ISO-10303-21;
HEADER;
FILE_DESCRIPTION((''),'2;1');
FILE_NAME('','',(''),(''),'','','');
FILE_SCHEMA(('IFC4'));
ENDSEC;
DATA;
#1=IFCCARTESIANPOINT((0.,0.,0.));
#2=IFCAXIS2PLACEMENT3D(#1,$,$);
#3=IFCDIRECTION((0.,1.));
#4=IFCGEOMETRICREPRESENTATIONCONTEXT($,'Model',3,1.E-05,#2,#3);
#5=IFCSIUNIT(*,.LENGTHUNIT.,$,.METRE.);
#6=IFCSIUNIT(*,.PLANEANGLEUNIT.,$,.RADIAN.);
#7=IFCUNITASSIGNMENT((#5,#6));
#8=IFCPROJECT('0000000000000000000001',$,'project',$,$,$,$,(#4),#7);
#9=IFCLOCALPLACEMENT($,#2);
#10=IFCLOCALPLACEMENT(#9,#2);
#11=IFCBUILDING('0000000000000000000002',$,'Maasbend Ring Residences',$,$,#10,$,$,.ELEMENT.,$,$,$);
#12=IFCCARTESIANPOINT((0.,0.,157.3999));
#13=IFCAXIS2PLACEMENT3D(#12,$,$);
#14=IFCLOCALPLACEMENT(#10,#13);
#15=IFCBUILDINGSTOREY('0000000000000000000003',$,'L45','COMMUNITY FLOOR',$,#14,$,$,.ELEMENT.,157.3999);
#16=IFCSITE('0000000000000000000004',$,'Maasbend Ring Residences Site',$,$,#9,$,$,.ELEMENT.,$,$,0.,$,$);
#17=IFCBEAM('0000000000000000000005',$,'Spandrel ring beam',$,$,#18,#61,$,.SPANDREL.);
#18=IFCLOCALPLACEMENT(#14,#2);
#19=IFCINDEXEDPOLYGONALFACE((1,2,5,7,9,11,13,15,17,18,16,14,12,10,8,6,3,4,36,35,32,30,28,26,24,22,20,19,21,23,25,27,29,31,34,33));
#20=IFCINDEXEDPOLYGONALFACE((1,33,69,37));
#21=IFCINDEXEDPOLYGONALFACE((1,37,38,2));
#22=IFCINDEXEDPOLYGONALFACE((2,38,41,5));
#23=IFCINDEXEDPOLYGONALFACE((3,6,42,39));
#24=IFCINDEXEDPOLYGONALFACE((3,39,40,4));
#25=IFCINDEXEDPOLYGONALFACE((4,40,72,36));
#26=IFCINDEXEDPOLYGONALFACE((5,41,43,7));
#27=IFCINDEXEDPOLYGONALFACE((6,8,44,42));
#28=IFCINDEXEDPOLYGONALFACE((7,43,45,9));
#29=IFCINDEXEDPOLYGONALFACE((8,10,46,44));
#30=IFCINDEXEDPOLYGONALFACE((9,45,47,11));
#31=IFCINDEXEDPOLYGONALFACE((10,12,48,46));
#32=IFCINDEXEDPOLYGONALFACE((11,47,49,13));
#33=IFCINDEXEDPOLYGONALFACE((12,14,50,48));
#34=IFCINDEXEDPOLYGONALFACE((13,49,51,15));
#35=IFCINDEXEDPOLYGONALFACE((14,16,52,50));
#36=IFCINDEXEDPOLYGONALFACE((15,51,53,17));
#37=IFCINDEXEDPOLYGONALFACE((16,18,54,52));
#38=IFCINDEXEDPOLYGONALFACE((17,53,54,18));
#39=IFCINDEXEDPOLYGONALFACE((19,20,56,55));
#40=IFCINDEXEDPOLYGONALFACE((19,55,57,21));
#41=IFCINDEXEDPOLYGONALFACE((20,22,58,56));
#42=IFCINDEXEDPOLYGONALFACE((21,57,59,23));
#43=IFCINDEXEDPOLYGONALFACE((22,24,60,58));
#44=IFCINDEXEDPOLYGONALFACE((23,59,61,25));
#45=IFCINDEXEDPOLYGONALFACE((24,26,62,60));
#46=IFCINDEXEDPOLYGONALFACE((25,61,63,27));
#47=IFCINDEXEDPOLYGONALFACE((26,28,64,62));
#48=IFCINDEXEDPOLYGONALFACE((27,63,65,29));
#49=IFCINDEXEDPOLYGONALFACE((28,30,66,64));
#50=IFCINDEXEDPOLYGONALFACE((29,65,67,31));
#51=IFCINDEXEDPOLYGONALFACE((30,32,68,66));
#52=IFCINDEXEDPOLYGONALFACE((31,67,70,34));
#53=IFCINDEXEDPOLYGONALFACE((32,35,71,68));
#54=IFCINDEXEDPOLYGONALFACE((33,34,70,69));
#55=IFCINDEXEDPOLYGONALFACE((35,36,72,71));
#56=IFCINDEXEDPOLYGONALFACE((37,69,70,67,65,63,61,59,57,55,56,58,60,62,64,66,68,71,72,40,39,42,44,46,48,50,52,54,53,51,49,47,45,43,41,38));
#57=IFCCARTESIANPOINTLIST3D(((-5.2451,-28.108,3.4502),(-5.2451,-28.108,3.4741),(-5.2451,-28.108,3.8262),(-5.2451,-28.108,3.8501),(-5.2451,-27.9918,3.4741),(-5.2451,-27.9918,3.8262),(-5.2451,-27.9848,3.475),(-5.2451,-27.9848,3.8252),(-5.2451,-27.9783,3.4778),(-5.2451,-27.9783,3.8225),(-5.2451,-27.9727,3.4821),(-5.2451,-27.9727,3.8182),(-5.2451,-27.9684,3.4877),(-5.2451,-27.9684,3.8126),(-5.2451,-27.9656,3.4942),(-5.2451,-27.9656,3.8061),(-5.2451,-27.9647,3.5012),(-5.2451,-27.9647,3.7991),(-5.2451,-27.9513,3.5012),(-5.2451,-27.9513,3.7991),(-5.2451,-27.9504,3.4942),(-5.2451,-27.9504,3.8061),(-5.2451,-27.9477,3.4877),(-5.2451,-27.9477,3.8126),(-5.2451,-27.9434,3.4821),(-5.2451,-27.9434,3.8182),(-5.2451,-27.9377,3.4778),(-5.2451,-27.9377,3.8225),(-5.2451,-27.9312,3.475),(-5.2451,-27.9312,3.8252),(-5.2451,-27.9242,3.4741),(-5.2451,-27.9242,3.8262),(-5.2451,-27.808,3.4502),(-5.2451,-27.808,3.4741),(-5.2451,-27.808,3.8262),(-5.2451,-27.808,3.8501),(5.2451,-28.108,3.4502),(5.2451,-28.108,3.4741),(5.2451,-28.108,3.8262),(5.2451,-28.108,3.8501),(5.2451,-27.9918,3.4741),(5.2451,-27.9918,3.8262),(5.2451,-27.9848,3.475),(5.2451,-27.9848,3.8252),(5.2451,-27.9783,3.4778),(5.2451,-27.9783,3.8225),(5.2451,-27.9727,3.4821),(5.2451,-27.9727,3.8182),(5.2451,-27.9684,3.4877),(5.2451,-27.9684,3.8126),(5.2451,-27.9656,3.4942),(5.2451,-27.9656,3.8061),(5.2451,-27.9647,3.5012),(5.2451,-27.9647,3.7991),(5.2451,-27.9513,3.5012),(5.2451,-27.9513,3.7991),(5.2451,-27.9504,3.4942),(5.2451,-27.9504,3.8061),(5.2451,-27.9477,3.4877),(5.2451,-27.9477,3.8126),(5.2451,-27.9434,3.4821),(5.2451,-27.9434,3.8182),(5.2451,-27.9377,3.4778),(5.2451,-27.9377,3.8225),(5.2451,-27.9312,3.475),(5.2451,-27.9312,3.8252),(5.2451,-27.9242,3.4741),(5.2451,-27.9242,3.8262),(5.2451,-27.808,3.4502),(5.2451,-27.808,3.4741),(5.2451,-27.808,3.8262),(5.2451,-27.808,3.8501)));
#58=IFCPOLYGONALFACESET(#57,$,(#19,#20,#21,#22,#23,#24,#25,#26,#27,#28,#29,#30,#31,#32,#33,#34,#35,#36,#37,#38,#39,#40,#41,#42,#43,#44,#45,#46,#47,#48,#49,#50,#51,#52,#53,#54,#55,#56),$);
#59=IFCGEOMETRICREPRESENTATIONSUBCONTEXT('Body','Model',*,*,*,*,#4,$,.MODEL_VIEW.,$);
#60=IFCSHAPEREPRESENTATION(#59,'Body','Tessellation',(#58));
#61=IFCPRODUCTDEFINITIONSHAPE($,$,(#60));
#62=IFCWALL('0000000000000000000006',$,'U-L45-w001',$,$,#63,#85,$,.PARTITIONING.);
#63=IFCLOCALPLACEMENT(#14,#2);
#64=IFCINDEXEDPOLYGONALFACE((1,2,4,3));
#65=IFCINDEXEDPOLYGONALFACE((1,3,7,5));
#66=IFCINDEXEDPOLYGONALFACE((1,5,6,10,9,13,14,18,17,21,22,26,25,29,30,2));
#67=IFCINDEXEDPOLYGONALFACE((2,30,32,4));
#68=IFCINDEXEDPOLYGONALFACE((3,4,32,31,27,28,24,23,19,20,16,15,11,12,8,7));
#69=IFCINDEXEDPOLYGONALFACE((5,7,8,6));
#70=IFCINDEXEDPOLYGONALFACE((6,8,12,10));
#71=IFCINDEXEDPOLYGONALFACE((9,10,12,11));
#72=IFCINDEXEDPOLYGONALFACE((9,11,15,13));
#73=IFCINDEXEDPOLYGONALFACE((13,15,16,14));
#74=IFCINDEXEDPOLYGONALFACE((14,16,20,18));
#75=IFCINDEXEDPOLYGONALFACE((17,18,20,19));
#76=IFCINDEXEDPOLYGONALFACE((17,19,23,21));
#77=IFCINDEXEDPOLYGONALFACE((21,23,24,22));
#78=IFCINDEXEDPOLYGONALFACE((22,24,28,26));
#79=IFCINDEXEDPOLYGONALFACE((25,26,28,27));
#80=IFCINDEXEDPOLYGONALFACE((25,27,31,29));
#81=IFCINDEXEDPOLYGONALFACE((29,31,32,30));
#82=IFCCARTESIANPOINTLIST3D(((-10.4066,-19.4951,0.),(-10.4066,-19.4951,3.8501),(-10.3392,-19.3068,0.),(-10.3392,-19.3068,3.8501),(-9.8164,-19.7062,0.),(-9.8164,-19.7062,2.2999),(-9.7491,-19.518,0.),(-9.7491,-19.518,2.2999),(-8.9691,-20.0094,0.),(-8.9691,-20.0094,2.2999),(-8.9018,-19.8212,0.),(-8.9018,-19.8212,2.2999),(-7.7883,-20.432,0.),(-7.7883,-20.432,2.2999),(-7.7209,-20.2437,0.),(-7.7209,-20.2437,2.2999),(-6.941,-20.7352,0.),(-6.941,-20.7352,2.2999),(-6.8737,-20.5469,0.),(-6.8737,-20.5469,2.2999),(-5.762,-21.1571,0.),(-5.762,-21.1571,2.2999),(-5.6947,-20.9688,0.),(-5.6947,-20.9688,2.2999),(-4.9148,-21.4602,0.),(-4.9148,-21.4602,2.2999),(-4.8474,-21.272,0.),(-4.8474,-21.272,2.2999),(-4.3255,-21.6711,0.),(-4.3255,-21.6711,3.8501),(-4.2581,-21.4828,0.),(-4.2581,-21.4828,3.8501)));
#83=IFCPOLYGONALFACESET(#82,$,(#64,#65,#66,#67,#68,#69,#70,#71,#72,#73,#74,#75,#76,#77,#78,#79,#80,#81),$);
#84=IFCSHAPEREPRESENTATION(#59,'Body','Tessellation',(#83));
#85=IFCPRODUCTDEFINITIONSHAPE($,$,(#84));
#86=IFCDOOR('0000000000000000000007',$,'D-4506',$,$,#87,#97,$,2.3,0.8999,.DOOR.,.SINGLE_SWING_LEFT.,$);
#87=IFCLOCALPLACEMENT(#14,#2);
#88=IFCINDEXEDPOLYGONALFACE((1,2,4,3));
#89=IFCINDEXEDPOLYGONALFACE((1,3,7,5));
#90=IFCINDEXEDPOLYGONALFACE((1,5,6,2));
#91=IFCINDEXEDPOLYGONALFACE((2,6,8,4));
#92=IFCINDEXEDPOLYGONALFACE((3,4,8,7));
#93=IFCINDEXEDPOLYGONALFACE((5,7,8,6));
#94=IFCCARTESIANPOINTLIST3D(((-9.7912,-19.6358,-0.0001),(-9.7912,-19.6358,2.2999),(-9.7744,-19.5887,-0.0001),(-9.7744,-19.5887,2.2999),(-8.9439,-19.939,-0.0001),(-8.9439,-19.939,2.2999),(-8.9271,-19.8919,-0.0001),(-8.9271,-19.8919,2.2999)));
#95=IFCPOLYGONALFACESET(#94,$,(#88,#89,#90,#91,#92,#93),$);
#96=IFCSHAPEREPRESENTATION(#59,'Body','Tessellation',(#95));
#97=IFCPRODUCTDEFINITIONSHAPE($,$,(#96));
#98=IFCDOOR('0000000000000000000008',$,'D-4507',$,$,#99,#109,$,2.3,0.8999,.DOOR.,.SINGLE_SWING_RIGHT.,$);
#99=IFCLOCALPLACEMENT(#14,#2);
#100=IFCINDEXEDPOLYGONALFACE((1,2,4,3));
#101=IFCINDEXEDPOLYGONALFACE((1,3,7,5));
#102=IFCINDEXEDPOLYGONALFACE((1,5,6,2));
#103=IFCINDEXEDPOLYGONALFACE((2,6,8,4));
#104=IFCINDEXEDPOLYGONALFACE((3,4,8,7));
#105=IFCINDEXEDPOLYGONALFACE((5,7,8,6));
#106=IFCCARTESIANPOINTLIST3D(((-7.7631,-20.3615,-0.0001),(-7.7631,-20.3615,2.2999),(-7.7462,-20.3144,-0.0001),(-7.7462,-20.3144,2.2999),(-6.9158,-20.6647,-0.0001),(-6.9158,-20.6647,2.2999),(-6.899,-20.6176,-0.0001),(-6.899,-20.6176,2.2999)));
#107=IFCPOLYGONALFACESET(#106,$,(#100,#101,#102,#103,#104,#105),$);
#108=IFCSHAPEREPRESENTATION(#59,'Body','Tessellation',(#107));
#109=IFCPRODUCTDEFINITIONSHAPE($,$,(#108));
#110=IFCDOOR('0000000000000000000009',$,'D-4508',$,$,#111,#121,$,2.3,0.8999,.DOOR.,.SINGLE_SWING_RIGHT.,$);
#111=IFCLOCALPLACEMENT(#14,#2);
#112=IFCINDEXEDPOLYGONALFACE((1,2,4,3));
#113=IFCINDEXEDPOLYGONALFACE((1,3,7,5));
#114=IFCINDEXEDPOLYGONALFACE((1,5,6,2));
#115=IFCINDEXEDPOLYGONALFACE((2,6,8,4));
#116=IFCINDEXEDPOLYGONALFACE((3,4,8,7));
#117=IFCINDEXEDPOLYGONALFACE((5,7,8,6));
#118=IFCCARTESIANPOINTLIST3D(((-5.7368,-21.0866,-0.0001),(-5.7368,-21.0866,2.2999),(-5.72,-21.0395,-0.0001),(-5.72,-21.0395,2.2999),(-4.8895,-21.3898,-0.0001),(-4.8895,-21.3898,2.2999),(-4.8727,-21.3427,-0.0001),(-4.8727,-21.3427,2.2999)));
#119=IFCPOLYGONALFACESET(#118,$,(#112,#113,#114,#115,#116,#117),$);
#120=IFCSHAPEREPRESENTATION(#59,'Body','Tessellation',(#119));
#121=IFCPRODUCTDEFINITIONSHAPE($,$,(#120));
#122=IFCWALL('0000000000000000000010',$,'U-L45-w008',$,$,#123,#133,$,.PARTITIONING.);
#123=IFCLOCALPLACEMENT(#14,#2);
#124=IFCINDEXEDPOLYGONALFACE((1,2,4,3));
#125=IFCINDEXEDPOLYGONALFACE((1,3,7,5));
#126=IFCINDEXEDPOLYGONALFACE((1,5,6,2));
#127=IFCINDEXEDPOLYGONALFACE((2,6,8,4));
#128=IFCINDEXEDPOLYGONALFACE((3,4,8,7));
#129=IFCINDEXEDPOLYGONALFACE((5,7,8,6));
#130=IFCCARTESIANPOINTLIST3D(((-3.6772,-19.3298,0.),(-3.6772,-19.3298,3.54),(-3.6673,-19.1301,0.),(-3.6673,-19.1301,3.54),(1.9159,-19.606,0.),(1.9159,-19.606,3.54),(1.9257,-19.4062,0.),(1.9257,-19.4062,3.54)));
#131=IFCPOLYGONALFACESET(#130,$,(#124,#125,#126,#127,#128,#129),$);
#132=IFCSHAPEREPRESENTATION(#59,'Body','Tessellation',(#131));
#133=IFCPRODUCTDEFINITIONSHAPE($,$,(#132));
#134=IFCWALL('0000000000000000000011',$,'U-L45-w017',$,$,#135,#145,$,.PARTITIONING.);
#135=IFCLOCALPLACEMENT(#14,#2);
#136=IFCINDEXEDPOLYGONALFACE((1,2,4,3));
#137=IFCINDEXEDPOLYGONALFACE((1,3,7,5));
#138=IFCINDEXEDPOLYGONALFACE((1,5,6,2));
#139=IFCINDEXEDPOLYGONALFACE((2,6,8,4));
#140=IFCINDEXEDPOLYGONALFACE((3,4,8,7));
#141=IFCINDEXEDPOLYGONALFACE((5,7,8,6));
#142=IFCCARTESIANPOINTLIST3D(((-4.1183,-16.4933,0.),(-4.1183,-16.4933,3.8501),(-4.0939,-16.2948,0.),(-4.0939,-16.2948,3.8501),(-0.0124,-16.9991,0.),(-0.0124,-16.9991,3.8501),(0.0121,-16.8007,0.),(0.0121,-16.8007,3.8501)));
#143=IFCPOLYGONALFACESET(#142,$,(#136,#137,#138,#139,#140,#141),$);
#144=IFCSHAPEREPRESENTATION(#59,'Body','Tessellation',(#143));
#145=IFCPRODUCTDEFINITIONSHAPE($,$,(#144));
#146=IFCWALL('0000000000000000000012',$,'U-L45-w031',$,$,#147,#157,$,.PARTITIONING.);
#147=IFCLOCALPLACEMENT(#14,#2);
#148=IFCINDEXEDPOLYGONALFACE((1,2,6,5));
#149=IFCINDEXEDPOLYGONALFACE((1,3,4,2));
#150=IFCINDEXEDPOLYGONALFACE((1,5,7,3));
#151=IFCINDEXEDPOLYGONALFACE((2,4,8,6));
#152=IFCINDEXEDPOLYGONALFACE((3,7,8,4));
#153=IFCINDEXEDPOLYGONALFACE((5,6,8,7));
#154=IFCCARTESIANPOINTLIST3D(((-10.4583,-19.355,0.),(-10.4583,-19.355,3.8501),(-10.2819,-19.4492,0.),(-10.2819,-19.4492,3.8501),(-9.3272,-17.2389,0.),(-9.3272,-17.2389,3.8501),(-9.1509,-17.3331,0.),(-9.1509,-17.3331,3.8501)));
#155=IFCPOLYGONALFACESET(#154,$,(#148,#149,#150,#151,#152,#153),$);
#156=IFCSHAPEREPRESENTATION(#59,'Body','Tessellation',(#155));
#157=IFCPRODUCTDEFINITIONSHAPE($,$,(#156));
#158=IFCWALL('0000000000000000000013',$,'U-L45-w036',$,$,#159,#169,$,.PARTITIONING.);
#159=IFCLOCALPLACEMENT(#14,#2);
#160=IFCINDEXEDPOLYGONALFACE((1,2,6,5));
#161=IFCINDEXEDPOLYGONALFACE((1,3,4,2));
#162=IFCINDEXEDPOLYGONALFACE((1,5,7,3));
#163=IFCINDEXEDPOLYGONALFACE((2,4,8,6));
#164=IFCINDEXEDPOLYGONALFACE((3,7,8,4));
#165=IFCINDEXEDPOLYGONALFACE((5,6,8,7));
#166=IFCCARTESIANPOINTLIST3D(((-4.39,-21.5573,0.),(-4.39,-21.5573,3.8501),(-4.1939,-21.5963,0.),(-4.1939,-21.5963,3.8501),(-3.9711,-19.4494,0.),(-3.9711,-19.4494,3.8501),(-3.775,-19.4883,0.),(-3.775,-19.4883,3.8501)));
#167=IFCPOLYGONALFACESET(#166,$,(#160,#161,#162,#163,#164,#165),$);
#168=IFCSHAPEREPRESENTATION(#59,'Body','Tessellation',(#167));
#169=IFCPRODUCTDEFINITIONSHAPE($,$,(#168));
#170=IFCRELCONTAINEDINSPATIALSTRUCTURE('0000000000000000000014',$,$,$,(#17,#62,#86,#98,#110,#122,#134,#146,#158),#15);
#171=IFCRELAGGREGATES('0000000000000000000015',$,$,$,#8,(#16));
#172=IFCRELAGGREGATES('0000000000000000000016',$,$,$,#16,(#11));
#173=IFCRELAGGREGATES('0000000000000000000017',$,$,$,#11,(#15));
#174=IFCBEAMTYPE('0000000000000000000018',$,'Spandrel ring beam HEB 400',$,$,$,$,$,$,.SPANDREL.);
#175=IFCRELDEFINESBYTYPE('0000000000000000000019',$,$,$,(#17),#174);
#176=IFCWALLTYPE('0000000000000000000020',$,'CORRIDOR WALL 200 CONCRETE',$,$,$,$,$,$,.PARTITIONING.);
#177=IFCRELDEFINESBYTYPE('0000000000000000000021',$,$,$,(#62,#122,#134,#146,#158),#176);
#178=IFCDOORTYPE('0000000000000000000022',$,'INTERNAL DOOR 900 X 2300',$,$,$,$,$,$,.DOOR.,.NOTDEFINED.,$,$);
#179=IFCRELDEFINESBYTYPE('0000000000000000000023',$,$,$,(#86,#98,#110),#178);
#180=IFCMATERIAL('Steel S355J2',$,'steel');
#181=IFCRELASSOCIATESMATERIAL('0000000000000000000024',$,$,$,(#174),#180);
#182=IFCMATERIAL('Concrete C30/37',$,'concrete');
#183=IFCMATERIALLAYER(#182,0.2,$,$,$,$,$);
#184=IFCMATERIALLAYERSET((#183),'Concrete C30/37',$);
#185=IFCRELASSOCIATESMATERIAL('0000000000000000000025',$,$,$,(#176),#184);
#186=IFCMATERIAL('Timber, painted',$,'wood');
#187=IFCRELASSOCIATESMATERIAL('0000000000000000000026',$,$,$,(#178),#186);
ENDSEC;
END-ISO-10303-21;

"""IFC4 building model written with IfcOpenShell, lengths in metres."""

from ifc_helpers import new_model, si_unit, direction, frame, frame_2d, origin, origin_2d, place, context, subcontext, project, spatial, rectangle, i_section, extrude, material, layer, layer_set, material_profile, profile_set, type_object, element, fill, save


model = new_model("IFC4")

# Units and contexts
model_context = context("Model", 3, precision=1e-05, world=origin(), true_north=direction((0.0, 1.0)))
body_context = subcontext(model_context, "Body", "Model", "MODEL_VIEW")
ifc_project = project(units=[si_unit("LENGTHUNIT", "METRE"), si_unit("PLANEANGLEUNIT", "RADIAN")], contexts=[model_context])

# Site, building, storey
site_placement = place(None, origin())
site = spatial("IfcSite", under=ifc_project, at=site_placement, Name="Maasbend Ring Residences Site", CompositionType="ELEMENT", RefElevation=0.0)
building_placement = place(site_placement, origin())
building = spatial("IfcBuilding", under=site, at=building_placement, Name="Maasbend Ring Residences", CompositionType="ELEMENT")
storey_placement = place(building_placement, frame((0.0, 0.0, 157.3999)))
storey = spatial("IfcBuildingStorey", under=building, at=storey_placement, Name="L45", Description="COMMUNITY FLOOR", CompositionType="ELEMENT", Elevation=157.3999)

# Beam
ifc_material_1 = material(Name="Steel S355J2", Category="steel")
ifc_material_profile_1 = material_profile(ifc_material_1, i_section(OverallWidth=0.3, OverallDepth=0.3999, WebThickness=0.0134, FlangeThickness=0.0239, FilletRadius=0.0271, at=origin_2d()), Name="HEB 400")
ifc_profile_set_1 = profile_set([ifc_material_profile_1], Name="Steel S355J2")
beam_type_1 = type_object("IfcBeamType", Name="Spandrel ring beam HEB 400", PredefinedType="SPANDREL", material=ifc_profile_set_1)
beam_1_placement = place(storey_placement, frame((-5.2451, -27.958, 3.6501), z_axis=(1.0, 0.0, 0.0), x_axis=(0.0, 1.0, 0.0)))
element("IfcBeam", 1, at=beam_1_placement, inside=storey, type_object=beam_type_1, Name="Spandrel ring beam", PredefinedType="SPANDREL", context=body_context, shape_type="SweptSolid", body=[
    extrude(i_section(OverallWidth=0.3, OverallDepth=0.3999, WebThickness=0.0134, FlangeThickness=0.0239, FilletRadius=0.0271, at=origin_2d()), origin(), (0.0, 0.0, 1.0), 10.4902),
])

# Wall, openings, doors
ifc_material_2 = material(Name="Concrete C30/37", Category="concrete")
ifc_layer_1 = layer(ifc_material_2, 0.2)
ifc_layer_set_1 = layer_set([ifc_layer_1], Name="Concrete C30/37")
wall_type_1 = type_object("IfcWallType", Name="CORRIDOR WALL 200 CONCRETE", PredefinedType="PARTITIONING", material=ifc_layer_set_1)
wall_1_placement = place(storey_placement, frame((-10.373, -19.4009, 0.0), z_axis=(0.0, 0.0, 1.0), x_axis=(0.941535, -0.336916, 0.0)))
wall_1 = element("IfcWall", 2, at=wall_1_placement, inside=storey, type_object=wall_type_1, Name="U-L45-w001", PredefinedType="PARTITIONING", context=body_context, shape_type="SweptSolid", body=[
    extrude(rectangle(XDim=6.4587, YDim=0.2, at=frame_2d((3.2295, 0.0))), origin(), (0.0, 0.0, 1.0), 3.8501),
])
opening_1_placement = place(wall_1_placement, frame((0.627, 0.0, 0.0)))
opening_1 = element("IfcOpeningElement", 3, at=opening_1_placement, cuts=wall_1, PredefinedType="OPENING", context=body_context, shape_type="SweptSolid", body=[
    extrude(rectangle(XDim=0.8999, YDim=2.3, at=frame_2d((0.45, 1.1499))), frame((0.0, 0.1099, 0.0), z_axis=(0.0, -1.0, 0.0), x_axis=(1.0, 0.0, 0.0)), (0.0, 0.0, 1.0), 0.22),
])
opening_2_placement = place(wall_1_placement, frame((2.781, 0.0, 0.0)))
opening_2 = element("IfcOpeningElement", 4, at=opening_2_placement, cuts=wall_1, PredefinedType="OPENING", context=body_context, shape_type="SweptSolid", body=[
    extrude(rectangle(XDim=0.8999, YDim=2.3, at=frame_2d((0.45, 1.1499))), frame((0.0, 0.1099, 0.0), z_axis=(0.0, -1.0, 0.0), x_axis=(1.0, 0.0, 0.0)), (0.0, 0.0, 1.0), 0.22),
])
opening_3_placement = place(wall_1_placement, frame((4.9331, 0.0, 0.0)))
opening_3 = element("IfcOpeningElement", 5, at=opening_3_placement, cuts=wall_1, PredefinedType="OPENING", context=body_context, shape_type="SweptSolid", body=[
    extrude(rectangle(XDim=0.8999, YDim=2.3, at=frame_2d((0.45, 1.1499))), frame((0.0, 0.1099, 0.0), z_axis=(0.0, -1.0, 0.0), x_axis=(1.0, 0.0, 0.0)), (0.0, 0.0, 1.0), 0.22),
])
ifc_material_3 = material(Name="Timber, painted", Category="wood")
door_type_1 = type_object("IfcDoorType", Name="INTERNAL DOOR 900 X 2300", OperationType="NOTDEFINED", PredefinedType="DOOR", material=ifc_material_3)
door_1_placement = place(opening_1_placement, origin())
door_1 = element("IfcDoor", 6, at=door_1_placement, inside=storey, type_object=door_type_1, Name="D-4506", OperationType="SINGLE_SWING_LEFT", OverallHeight=2.3, OverallWidth=0.8999, PredefinedType="DOOR", context=body_context, shape_type="SweptSolid", body=[
    extrude(rectangle(XDim=0.8999, YDim=2.3, at=frame_2d((0.45, 1.1499))), frame((0.0, 0.0249, 0.0), z_axis=(0.0, -1.0, 0.0), x_axis=(1.0, 0.0, 0.0)), (0.0, 0.0, 1.0), 0.05),
])
fill(opening_1, door_1)
door_2_placement = place(opening_2_placement, origin())
door_2 = element("IfcDoor", 7, at=door_2_placement, inside=storey, type_object=door_type_1, Name="D-4507", OperationType="SINGLE_SWING_RIGHT", OverallHeight=2.3, OverallWidth=0.8999, PredefinedType="DOOR", context=body_context, shape_type="SweptSolid", body=[
    extrude(rectangle(XDim=0.8999, YDim=2.3, at=frame_2d((0.45, 1.1499))), frame((0.0, 0.0249, 0.0), z_axis=(0.0, -1.0, 0.0), x_axis=(1.0, 0.0, 0.0)), (0.0, 0.0, 1.0), 0.05),
])
fill(opening_2, door_2)
door_3_placement = place(opening_3_placement, origin())
door_3 = element("IfcDoor", 8, at=door_3_placement, inside=storey, type_object=door_type_1, Name="D-4508", OperationType="SINGLE_SWING_RIGHT", OverallHeight=2.3, OverallWidth=0.8999, PredefinedType="DOOR", context=body_context, shape_type="SweptSolid", body=[
    extrude(rectangle(XDim=0.8999, YDim=2.3, at=frame_2d((0.45, 1.1499))), frame((0.0, 0.0249, 0.0), z_axis=(0.0, -1.0, 0.0), x_axis=(1.0, 0.0, 0.0)), (0.0, 0.0, 1.0), 0.05),
])
fill(opening_3, door_3)

# Walls
wall_2_placement = place(storey_placement, frame((-3.6721, -19.23, 0.0), z_axis=(0.0, 0.0, 1.0), x_axis=(0.998784, -0.049309, 0.0)))
element("IfcWall", 9, at=wall_2_placement, inside=storey, type_object=wall_type_1, Name="U-L45-w008", PredefinedType="PARTITIONING", context=body_context, shape_type="SweptSolid", body=[
    extrude(rectangle(XDim=5.5999, YDim=0.2, at=frame_2d((2.7998, 0.0))), origin(), (0.0, 0.0, 1.0), 3.54),
])
wall_3_placement = place(storey_placement, frame((-4.106, -16.394, 0.0), z_axis=(0.0, 0.0, 1.0), x_axis=(0.992496, -0.122277, 0.0)))
element("IfcWall", 10, at=wall_3_placement, inside=storey, type_object=wall_type_1, Name="U-L45-w017", PredefinedType="PARTITIONING", context=body_context, shape_type="SweptSolid", body=[
    extrude(rectangle(XDim=4.137, YDim=0.2, at=frame_2d((2.0684, 0.0))), origin(), (0.0, 0.0, 1.0), 3.8501),
])
wall_4_placement = place(storey_placement, frame((-10.3701, -19.4021, 0.0), z_axis=(0.0, 0.0, 1.0), x_axis=(0.471385, 0.881927, 0.0)))
element("IfcWall", 11, at=wall_4_placement, inside=storey, type_object=wall_type_1, Name="U-L45-w031", PredefinedType="PARTITIONING", context=body_context, shape_type="SweptSolid", body=[
    extrude(rectangle(XDim=2.3994, YDim=0.2, at=frame_2d((1.1997, 0.0))), origin(), (0.0, 0.0, 1.0), 3.8501),
])
wall_5_placement = place(storey_placement, frame((-4.292, -21.5769, 0.0), z_axis=(0.0, 0.0, 1.0), x_axis=(0.194936, 0.980816, 0.0)))
element("IfcWall", 12, at=wall_5_placement, inside=storey, type_object=wall_type_1, Name="U-L45-w036", PredefinedType="PARTITIONING", context=body_context, shape_type="SweptSolid", body=[
    extrude(rectangle(XDim=2.1492, YDim=0.2, at=frame_2d((1.0747, 0.0))), origin(), (0.0, 0.0, 1.0), 3.8501),
])

save(model, "model.ifc")
